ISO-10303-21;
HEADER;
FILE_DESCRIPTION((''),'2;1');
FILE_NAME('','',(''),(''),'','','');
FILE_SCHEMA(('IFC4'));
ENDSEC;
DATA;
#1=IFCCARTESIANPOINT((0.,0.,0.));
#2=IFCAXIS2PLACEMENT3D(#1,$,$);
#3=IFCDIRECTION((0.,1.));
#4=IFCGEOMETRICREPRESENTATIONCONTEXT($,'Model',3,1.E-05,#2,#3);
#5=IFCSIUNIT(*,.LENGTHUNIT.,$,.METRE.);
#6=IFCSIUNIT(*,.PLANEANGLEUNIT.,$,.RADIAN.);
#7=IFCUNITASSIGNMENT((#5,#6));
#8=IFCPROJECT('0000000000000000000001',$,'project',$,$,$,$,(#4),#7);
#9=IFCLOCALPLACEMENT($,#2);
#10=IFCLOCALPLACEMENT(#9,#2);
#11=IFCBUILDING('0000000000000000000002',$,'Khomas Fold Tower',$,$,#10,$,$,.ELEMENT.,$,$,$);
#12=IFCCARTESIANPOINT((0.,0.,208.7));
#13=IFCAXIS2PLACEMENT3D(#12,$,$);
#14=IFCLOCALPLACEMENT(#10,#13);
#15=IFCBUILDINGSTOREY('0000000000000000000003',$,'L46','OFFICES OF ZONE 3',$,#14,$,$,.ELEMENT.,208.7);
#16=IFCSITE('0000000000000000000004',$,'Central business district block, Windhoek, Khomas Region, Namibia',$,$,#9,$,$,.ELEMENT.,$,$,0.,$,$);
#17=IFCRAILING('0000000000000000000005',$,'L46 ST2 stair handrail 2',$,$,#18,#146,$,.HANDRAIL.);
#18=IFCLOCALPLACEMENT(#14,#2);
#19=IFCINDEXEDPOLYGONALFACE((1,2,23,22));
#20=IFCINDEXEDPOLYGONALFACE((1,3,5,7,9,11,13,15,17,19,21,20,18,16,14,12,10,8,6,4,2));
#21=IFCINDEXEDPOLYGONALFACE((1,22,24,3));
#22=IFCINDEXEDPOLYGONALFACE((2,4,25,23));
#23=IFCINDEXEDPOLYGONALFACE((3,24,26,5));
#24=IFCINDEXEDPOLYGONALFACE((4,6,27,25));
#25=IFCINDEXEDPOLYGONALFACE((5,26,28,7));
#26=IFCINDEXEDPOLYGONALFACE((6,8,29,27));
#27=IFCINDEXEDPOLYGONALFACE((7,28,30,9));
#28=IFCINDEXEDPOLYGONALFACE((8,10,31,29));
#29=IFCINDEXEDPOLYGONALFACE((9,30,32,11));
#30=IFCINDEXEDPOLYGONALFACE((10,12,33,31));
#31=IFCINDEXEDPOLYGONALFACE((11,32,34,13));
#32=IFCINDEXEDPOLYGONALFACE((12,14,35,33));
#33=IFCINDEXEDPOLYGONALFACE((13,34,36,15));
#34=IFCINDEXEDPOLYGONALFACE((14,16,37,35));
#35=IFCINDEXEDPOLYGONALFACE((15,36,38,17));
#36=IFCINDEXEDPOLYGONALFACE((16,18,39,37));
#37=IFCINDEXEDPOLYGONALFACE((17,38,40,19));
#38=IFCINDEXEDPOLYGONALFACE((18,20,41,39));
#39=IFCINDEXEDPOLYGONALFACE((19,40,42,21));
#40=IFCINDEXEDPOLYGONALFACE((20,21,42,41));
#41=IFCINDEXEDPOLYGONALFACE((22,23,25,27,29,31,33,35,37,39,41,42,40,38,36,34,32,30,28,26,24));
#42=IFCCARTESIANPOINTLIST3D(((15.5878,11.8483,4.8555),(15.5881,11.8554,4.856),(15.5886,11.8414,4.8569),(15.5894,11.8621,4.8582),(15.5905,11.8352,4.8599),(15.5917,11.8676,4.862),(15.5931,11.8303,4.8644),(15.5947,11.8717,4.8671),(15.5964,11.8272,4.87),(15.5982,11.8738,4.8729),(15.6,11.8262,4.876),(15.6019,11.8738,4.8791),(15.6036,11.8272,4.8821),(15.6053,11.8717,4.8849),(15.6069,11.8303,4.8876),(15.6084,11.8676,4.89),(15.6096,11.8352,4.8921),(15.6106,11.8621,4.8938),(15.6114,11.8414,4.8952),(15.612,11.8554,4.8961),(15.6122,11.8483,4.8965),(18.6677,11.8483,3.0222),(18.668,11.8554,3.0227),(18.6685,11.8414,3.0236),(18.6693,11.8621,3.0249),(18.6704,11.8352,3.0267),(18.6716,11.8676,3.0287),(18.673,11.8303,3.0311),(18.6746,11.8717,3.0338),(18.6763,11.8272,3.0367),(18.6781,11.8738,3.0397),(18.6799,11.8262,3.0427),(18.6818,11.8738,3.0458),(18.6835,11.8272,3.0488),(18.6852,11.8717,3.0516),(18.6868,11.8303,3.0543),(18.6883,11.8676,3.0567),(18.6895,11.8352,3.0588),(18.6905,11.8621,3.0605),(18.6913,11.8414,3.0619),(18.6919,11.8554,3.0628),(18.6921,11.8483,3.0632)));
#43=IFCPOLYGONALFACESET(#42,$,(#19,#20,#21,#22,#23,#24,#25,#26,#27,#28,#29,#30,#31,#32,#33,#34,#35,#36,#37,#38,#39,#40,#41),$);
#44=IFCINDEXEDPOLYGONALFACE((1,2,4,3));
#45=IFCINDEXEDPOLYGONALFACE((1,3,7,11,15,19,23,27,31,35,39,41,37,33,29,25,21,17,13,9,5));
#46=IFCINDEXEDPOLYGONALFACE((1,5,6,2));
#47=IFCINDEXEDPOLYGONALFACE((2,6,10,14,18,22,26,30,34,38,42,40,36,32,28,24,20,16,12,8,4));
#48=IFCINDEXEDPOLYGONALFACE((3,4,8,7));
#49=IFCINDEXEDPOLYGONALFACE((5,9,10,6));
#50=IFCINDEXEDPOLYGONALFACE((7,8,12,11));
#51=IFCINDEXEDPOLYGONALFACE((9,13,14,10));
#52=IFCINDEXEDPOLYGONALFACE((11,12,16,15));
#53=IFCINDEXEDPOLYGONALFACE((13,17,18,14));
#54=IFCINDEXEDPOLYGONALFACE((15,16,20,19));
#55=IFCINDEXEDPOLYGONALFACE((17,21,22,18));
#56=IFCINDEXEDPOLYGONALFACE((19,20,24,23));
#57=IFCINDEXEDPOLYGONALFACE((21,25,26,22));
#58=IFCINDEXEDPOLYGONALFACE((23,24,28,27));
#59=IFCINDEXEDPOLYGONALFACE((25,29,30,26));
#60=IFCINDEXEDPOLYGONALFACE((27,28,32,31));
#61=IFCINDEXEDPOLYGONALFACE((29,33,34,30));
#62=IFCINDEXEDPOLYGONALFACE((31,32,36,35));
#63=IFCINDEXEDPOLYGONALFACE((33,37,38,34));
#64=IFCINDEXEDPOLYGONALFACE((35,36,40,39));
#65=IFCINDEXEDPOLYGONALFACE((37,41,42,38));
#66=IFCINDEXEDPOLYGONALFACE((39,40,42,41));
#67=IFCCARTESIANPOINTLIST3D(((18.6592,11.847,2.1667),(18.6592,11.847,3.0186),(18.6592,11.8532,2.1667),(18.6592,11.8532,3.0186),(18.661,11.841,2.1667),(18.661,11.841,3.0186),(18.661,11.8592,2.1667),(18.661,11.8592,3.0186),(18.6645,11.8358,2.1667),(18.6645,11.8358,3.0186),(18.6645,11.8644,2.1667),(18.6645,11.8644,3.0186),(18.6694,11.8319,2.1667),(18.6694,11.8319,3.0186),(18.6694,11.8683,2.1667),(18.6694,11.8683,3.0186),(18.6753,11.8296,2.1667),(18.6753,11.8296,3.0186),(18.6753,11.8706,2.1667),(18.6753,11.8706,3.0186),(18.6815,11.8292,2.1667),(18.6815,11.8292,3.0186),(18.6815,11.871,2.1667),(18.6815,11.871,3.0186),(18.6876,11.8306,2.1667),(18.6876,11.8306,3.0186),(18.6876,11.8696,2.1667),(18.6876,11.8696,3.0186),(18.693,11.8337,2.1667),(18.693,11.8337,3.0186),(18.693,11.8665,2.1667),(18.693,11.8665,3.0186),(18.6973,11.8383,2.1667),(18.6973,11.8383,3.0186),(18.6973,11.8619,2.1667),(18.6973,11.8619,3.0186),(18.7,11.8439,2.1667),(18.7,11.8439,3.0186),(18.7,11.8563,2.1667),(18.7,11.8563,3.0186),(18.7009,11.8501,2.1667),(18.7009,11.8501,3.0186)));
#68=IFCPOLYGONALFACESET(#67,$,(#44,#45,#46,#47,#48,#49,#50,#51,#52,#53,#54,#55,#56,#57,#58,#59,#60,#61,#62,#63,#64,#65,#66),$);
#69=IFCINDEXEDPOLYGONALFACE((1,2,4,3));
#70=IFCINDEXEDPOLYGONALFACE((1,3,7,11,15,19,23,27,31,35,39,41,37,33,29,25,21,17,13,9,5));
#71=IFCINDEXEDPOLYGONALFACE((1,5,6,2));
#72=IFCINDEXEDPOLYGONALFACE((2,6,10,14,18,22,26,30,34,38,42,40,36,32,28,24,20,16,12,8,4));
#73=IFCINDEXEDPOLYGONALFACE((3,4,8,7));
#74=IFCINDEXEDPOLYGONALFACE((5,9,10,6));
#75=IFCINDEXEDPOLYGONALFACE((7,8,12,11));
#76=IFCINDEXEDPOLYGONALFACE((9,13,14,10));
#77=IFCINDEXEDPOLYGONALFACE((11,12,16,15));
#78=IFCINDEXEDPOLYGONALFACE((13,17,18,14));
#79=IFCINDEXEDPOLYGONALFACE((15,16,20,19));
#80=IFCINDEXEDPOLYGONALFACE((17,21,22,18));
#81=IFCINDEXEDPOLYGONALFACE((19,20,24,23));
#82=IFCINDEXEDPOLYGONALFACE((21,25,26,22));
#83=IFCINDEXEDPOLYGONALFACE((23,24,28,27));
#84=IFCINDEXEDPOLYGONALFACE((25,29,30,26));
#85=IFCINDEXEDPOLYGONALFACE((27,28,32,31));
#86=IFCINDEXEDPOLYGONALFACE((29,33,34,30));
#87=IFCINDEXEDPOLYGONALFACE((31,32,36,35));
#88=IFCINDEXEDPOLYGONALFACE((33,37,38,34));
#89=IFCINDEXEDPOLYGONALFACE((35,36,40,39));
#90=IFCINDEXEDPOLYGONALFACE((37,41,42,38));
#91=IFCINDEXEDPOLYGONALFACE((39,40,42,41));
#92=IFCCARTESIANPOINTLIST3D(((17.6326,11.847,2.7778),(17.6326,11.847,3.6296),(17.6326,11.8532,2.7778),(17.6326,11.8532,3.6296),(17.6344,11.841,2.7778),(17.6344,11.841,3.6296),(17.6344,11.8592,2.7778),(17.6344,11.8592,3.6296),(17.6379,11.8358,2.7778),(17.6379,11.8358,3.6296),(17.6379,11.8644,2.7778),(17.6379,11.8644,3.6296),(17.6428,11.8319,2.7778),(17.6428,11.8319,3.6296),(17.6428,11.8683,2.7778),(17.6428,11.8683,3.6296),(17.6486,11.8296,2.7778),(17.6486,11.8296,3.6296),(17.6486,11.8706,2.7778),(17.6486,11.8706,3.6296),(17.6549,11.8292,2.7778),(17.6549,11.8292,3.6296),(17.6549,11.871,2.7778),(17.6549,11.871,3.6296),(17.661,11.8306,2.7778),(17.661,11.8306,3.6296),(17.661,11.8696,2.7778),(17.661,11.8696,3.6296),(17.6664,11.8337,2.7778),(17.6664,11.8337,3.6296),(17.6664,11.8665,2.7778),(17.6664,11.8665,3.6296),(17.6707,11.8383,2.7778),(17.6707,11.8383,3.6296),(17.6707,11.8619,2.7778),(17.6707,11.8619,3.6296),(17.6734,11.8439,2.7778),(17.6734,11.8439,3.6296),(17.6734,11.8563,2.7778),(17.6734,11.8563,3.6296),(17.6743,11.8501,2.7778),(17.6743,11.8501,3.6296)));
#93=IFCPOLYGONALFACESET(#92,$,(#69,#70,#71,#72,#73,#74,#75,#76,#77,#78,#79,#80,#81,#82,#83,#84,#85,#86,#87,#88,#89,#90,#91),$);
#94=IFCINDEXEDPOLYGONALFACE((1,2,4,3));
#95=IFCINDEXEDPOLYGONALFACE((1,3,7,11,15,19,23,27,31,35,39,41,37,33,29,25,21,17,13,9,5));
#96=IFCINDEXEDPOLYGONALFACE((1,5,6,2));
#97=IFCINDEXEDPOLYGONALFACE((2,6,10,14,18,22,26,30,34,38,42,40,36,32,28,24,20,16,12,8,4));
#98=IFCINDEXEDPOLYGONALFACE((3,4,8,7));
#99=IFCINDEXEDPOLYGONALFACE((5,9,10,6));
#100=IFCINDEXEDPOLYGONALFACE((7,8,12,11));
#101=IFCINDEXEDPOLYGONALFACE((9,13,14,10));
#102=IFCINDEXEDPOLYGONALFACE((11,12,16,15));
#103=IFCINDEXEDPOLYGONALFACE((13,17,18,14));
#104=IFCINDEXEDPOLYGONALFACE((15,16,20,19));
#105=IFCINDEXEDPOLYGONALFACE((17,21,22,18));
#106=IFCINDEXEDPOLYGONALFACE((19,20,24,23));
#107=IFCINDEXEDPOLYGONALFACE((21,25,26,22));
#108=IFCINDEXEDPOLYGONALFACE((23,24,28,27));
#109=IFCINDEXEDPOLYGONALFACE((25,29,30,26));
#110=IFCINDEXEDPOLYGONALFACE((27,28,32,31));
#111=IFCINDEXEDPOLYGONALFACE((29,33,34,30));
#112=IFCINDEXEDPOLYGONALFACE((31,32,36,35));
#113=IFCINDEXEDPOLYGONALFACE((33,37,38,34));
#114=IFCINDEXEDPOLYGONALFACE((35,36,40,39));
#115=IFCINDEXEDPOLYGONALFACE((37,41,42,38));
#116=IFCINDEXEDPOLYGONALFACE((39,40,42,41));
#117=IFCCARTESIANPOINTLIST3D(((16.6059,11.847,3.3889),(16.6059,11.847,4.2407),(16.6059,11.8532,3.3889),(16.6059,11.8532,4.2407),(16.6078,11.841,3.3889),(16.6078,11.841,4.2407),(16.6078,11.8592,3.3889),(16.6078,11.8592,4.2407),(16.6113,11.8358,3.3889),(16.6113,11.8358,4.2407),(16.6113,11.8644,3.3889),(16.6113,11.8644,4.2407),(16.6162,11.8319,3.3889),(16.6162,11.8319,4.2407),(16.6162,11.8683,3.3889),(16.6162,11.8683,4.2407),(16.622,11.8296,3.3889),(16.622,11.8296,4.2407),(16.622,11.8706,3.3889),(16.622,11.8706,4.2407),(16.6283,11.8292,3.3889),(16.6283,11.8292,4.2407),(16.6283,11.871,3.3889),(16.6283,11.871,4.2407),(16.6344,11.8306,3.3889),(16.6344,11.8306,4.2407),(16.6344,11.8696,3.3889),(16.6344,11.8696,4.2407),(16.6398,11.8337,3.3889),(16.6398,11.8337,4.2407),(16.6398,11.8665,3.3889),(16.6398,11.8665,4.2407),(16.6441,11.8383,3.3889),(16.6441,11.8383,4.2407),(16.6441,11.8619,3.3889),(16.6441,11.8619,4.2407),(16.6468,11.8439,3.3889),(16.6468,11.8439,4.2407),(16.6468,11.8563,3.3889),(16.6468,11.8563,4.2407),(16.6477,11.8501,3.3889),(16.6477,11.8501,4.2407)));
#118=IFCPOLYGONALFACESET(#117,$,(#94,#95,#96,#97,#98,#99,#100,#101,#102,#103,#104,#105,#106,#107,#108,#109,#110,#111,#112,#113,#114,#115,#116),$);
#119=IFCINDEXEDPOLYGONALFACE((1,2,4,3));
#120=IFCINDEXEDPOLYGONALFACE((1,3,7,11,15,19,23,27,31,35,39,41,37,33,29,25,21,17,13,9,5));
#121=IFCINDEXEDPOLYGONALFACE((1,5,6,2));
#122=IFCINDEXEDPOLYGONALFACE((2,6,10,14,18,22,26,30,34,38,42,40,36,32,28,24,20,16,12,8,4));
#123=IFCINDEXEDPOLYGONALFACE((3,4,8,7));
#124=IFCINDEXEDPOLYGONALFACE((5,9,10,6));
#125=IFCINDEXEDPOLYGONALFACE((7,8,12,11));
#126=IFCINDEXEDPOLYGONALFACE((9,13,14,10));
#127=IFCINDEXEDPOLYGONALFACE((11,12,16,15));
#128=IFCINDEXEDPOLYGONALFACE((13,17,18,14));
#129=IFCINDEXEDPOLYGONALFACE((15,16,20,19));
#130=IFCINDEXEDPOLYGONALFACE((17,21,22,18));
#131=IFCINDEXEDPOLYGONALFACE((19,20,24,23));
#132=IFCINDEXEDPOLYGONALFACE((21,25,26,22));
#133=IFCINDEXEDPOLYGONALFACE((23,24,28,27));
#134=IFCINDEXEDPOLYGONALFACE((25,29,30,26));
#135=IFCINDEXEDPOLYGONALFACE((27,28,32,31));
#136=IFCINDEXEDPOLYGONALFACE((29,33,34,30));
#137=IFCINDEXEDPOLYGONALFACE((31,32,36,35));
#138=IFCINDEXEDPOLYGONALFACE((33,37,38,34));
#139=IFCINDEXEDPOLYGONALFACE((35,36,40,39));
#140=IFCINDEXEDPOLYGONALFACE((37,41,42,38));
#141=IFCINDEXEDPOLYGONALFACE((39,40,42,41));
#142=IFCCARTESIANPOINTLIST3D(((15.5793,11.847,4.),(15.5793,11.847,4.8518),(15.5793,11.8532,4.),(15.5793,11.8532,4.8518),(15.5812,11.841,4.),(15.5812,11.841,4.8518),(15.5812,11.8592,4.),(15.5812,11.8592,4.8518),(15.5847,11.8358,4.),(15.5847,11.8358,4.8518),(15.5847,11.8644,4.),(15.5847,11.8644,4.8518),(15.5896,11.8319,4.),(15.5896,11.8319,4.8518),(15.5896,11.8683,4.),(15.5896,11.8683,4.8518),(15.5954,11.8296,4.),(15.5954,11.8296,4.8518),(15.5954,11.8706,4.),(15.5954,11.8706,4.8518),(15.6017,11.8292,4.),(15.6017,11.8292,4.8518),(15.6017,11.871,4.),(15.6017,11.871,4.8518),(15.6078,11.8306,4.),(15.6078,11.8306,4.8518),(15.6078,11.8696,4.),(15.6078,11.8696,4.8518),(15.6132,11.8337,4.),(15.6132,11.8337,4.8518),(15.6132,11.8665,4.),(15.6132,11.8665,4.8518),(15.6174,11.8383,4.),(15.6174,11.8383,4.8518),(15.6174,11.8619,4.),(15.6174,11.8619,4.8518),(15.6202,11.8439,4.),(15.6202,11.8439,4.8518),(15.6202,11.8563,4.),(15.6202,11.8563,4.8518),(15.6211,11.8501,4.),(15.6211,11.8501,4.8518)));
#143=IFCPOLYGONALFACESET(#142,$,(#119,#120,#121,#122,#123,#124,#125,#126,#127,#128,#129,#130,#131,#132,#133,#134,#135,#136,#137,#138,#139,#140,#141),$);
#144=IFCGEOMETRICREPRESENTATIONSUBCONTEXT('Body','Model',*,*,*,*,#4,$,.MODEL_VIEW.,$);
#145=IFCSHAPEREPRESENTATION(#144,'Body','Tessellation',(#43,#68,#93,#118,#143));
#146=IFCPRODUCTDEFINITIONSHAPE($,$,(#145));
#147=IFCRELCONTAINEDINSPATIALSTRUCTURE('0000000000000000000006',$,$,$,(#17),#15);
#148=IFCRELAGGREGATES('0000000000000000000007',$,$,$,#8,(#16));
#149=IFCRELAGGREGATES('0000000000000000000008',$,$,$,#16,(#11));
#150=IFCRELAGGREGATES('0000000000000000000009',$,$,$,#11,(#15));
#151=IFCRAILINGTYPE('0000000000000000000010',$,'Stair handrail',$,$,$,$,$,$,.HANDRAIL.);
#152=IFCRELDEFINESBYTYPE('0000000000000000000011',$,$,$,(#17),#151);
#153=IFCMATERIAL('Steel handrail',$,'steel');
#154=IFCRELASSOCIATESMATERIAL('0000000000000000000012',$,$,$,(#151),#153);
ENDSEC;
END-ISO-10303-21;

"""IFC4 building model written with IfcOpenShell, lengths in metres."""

from ifc_helpers import new_model, si_unit, direction, frame, origin, origin_2d, place, context, subcontext, project, spatial, circle, extrude, source, transform, mapped, material, type_object, element, save


model = new_model("IFC4")

# Units and contexts
model_context = context("Model", 3, precision=1e-05, world=origin(), true_north=direction((0.0, 1.0)))
body_context = subcontext(model_context, "Body", "Model", "MODEL_VIEW")
ifc_project = project(units=[si_unit("LENGTHUNIT", "METRE"), si_unit("PLANEANGLEUNIT", "RADIAN")], contexts=[model_context])

# Site, building, storey
site_placement = place(None, origin())
site = spatial("IfcSite", under=ifc_project, at=site_placement, Name="Central business district block, Windhoek, Khomas Region, Namibia", CompositionType="ELEMENT", RefElevation=0.0)
building_placement = place(site_placement, origin())
building = spatial("IfcBuilding", under=site, at=building_placement, Name="Khomas Fold Tower", CompositionType="ELEMENT")
storey_placement = place(building_placement, frame((0.0, 0.0, 208.7)))
storey = spatial("IfcBuildingStorey", under=building, at=storey_placement, Name="L46", Description="OFFICES OF ZONE 3", CompositionType="ELEMENT", Elevation=208.7)

# Railing
ifc_material_1 = material(Name="Steel handrail", Category="steel")
railing_type_1 = type_object("IfcRailingType", Name="Stair handrail", PredefinedType="HANDRAIL", material=ifc_material_1)
shared_shape_1 = source(origin(), body_context, "Body", "SweptSolid", [
    extrude(circle(Radius=0.0239, at=origin_2d()), frame((0.0, 0.0, 0.876), z_axis=(-0.859291, 0.0, 0.511487), x_axis=(0.0, -1.0, 0.0)), (0.0, 0.0, 1.0), 3.5842),
    extrude(circle(Radius=0.021, at=origin_2d()), origin(), (0.0, 0.0, 1.0), 0.8518),
    extrude(circle(Radius=0.021, at=origin_2d()), frame((-1.0266, 0.0, 0.6111)), (0.0, 0.0, 1.0), 0.8518),
    extrude(circle(Radius=0.021, at=origin_2d()), frame((-2.0532, 0.0, 1.2222)), (0.0, 0.0, 1.0), 0.8518),
    extrude(circle(Radius=0.021, at=origin_2d()), frame((-3.0798, 0.0, 1.8333)), (0.0, 0.0, 1.0), 0.8518),
])
railing_1_placement = place(storey_placement, frame((18.6799, 11.8501, 2.1667)))
element("IfcRailing", 1, at=railing_1_placement, inside=storey, type_object=railing_type_1, Name="L46 ST2 stair handrail 2", PredefinedType="HANDRAIL", context=body_context, shape_type="MappedRepresentation", body=[
    mapped(shared_shape_1, transform((0.0, 0.0, 0.0))),
])

save(model, "model.ifc")
